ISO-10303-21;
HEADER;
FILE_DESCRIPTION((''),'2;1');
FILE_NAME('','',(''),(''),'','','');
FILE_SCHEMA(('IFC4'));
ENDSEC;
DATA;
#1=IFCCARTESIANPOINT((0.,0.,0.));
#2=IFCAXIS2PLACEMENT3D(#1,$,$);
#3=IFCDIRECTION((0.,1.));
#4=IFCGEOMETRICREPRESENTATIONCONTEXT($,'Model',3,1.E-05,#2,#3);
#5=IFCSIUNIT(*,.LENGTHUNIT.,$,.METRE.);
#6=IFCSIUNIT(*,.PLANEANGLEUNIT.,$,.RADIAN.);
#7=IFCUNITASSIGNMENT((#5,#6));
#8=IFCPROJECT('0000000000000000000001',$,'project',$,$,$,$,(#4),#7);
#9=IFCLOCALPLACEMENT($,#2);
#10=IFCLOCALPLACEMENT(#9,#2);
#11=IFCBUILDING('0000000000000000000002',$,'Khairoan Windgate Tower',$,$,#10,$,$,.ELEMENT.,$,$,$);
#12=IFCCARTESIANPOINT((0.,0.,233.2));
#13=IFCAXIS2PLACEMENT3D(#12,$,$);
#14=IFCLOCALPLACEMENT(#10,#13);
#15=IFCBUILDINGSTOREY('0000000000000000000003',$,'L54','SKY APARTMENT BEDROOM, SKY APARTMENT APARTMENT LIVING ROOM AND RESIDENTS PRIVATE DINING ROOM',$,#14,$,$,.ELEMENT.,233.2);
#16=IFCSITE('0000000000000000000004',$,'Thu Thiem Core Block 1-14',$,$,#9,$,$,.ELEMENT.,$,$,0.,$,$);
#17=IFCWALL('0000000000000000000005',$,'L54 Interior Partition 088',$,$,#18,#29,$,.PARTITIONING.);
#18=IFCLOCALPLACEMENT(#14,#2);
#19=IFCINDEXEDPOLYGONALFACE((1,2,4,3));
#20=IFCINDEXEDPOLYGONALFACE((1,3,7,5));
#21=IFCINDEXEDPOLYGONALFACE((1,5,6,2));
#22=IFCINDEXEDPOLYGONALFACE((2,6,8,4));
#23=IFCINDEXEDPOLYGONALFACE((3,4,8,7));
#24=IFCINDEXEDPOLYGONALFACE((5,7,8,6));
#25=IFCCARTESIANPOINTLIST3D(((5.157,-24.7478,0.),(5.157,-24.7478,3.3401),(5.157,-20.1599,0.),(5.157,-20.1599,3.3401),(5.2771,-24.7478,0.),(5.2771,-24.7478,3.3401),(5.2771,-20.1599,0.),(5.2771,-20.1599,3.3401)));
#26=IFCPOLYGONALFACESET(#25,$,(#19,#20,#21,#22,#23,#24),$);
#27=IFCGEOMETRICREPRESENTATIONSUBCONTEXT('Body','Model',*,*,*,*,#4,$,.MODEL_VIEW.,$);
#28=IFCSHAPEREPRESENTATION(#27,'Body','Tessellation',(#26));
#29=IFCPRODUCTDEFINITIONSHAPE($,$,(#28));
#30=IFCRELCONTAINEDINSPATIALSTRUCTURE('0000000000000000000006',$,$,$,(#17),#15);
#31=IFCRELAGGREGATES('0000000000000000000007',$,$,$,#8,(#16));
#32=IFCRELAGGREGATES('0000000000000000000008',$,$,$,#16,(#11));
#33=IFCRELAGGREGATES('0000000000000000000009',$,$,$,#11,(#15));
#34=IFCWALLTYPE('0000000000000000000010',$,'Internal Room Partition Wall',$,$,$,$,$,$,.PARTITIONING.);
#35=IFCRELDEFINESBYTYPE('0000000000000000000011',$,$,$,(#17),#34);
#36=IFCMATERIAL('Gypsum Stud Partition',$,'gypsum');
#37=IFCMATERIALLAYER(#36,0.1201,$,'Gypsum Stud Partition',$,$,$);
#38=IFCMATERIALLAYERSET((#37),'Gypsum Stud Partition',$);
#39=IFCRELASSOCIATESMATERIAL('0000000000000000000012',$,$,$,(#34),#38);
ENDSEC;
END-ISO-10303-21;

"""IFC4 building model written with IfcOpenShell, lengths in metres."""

from ifc_helpers import new_model, si_unit, direction, frame, frame_2d, origin, place, context, subcontext, project, spatial, rectangle, extrude, material, layer, layer_set, type_object, element, save


model = new_model("IFC4")

# Units and contexts
model_context = context("Model", 3, precision=1e-05, world=origin(), true_north=direction((0.0, 1.0)))
body_context = subcontext(model_context, "Body", "Model", "MODEL_VIEW")
ifc_project = project(units=[si_unit("LENGTHUNIT", "METRE"), si_unit("PLANEANGLEUNIT", "RADIAN")], contexts=[model_context])

# Site, building, storey
site_placement = place(None, origin())
site = spatial("IfcSite", under=ifc_project, at=site_placement, Name="Thu Thiem Core Block 1-14", CompositionType="ELEMENT", RefElevation=0.0)
building_placement = place(site_placement, origin())
building = spatial("IfcBuilding", under=site, at=building_placement, Name="Khairoan Windgate Tower", CompositionType="ELEMENT")
storey_placement = place(building_placement, frame((0.0, 0.0, 233.2)))
storey = spatial("IfcBuildingStorey", under=building, at=storey_placement, Name="L54", Description="SKY APARTMENT BEDROOM, SKY APARTMENT APARTMENT LIVING ROOM AND RESIDENTS PRIVATE DINING ROOM", CompositionType="ELEMENT", Elevation=233.2)

# Shared definitions
ifc_material_1 = material(Name="Gypsum Stud Partition", Category="gypsum")
ifc_layer_1 = layer(ifc_material_1, 0.1201, Name="Gypsum Stud Partition")
ifc_layer_set_1 = layer_set([ifc_layer_1], Name="Gypsum Stud Partition")
wall_type = type_object("IfcWallType", Name="Internal Room Partition Wall", PredefinedType="PARTITIONING", material=ifc_layer_set_1)

# Wall
wall_1_placement = place(storey_placement, frame((5.217, -24.7478, 0.0), z_axis=(0.0, 0.0, 1.0), x_axis=(0.0, 1.0, 0.0)))
element("IfcWall", 1, at=wall_1_placement, inside=storey, type_object=wall_type, Name="L54 Interior Partition 088", PredefinedType="PARTITIONING", context=body_context, shape_type="SweptSolid", body=[
    extrude(rectangle(XDim=4.5879, YDim=0.1201, at=frame_2d((2.2939, 0.0))), origin(), (0.0, 0.0, 1.0), 3.3401),
])

save(model, "model.ifc")
